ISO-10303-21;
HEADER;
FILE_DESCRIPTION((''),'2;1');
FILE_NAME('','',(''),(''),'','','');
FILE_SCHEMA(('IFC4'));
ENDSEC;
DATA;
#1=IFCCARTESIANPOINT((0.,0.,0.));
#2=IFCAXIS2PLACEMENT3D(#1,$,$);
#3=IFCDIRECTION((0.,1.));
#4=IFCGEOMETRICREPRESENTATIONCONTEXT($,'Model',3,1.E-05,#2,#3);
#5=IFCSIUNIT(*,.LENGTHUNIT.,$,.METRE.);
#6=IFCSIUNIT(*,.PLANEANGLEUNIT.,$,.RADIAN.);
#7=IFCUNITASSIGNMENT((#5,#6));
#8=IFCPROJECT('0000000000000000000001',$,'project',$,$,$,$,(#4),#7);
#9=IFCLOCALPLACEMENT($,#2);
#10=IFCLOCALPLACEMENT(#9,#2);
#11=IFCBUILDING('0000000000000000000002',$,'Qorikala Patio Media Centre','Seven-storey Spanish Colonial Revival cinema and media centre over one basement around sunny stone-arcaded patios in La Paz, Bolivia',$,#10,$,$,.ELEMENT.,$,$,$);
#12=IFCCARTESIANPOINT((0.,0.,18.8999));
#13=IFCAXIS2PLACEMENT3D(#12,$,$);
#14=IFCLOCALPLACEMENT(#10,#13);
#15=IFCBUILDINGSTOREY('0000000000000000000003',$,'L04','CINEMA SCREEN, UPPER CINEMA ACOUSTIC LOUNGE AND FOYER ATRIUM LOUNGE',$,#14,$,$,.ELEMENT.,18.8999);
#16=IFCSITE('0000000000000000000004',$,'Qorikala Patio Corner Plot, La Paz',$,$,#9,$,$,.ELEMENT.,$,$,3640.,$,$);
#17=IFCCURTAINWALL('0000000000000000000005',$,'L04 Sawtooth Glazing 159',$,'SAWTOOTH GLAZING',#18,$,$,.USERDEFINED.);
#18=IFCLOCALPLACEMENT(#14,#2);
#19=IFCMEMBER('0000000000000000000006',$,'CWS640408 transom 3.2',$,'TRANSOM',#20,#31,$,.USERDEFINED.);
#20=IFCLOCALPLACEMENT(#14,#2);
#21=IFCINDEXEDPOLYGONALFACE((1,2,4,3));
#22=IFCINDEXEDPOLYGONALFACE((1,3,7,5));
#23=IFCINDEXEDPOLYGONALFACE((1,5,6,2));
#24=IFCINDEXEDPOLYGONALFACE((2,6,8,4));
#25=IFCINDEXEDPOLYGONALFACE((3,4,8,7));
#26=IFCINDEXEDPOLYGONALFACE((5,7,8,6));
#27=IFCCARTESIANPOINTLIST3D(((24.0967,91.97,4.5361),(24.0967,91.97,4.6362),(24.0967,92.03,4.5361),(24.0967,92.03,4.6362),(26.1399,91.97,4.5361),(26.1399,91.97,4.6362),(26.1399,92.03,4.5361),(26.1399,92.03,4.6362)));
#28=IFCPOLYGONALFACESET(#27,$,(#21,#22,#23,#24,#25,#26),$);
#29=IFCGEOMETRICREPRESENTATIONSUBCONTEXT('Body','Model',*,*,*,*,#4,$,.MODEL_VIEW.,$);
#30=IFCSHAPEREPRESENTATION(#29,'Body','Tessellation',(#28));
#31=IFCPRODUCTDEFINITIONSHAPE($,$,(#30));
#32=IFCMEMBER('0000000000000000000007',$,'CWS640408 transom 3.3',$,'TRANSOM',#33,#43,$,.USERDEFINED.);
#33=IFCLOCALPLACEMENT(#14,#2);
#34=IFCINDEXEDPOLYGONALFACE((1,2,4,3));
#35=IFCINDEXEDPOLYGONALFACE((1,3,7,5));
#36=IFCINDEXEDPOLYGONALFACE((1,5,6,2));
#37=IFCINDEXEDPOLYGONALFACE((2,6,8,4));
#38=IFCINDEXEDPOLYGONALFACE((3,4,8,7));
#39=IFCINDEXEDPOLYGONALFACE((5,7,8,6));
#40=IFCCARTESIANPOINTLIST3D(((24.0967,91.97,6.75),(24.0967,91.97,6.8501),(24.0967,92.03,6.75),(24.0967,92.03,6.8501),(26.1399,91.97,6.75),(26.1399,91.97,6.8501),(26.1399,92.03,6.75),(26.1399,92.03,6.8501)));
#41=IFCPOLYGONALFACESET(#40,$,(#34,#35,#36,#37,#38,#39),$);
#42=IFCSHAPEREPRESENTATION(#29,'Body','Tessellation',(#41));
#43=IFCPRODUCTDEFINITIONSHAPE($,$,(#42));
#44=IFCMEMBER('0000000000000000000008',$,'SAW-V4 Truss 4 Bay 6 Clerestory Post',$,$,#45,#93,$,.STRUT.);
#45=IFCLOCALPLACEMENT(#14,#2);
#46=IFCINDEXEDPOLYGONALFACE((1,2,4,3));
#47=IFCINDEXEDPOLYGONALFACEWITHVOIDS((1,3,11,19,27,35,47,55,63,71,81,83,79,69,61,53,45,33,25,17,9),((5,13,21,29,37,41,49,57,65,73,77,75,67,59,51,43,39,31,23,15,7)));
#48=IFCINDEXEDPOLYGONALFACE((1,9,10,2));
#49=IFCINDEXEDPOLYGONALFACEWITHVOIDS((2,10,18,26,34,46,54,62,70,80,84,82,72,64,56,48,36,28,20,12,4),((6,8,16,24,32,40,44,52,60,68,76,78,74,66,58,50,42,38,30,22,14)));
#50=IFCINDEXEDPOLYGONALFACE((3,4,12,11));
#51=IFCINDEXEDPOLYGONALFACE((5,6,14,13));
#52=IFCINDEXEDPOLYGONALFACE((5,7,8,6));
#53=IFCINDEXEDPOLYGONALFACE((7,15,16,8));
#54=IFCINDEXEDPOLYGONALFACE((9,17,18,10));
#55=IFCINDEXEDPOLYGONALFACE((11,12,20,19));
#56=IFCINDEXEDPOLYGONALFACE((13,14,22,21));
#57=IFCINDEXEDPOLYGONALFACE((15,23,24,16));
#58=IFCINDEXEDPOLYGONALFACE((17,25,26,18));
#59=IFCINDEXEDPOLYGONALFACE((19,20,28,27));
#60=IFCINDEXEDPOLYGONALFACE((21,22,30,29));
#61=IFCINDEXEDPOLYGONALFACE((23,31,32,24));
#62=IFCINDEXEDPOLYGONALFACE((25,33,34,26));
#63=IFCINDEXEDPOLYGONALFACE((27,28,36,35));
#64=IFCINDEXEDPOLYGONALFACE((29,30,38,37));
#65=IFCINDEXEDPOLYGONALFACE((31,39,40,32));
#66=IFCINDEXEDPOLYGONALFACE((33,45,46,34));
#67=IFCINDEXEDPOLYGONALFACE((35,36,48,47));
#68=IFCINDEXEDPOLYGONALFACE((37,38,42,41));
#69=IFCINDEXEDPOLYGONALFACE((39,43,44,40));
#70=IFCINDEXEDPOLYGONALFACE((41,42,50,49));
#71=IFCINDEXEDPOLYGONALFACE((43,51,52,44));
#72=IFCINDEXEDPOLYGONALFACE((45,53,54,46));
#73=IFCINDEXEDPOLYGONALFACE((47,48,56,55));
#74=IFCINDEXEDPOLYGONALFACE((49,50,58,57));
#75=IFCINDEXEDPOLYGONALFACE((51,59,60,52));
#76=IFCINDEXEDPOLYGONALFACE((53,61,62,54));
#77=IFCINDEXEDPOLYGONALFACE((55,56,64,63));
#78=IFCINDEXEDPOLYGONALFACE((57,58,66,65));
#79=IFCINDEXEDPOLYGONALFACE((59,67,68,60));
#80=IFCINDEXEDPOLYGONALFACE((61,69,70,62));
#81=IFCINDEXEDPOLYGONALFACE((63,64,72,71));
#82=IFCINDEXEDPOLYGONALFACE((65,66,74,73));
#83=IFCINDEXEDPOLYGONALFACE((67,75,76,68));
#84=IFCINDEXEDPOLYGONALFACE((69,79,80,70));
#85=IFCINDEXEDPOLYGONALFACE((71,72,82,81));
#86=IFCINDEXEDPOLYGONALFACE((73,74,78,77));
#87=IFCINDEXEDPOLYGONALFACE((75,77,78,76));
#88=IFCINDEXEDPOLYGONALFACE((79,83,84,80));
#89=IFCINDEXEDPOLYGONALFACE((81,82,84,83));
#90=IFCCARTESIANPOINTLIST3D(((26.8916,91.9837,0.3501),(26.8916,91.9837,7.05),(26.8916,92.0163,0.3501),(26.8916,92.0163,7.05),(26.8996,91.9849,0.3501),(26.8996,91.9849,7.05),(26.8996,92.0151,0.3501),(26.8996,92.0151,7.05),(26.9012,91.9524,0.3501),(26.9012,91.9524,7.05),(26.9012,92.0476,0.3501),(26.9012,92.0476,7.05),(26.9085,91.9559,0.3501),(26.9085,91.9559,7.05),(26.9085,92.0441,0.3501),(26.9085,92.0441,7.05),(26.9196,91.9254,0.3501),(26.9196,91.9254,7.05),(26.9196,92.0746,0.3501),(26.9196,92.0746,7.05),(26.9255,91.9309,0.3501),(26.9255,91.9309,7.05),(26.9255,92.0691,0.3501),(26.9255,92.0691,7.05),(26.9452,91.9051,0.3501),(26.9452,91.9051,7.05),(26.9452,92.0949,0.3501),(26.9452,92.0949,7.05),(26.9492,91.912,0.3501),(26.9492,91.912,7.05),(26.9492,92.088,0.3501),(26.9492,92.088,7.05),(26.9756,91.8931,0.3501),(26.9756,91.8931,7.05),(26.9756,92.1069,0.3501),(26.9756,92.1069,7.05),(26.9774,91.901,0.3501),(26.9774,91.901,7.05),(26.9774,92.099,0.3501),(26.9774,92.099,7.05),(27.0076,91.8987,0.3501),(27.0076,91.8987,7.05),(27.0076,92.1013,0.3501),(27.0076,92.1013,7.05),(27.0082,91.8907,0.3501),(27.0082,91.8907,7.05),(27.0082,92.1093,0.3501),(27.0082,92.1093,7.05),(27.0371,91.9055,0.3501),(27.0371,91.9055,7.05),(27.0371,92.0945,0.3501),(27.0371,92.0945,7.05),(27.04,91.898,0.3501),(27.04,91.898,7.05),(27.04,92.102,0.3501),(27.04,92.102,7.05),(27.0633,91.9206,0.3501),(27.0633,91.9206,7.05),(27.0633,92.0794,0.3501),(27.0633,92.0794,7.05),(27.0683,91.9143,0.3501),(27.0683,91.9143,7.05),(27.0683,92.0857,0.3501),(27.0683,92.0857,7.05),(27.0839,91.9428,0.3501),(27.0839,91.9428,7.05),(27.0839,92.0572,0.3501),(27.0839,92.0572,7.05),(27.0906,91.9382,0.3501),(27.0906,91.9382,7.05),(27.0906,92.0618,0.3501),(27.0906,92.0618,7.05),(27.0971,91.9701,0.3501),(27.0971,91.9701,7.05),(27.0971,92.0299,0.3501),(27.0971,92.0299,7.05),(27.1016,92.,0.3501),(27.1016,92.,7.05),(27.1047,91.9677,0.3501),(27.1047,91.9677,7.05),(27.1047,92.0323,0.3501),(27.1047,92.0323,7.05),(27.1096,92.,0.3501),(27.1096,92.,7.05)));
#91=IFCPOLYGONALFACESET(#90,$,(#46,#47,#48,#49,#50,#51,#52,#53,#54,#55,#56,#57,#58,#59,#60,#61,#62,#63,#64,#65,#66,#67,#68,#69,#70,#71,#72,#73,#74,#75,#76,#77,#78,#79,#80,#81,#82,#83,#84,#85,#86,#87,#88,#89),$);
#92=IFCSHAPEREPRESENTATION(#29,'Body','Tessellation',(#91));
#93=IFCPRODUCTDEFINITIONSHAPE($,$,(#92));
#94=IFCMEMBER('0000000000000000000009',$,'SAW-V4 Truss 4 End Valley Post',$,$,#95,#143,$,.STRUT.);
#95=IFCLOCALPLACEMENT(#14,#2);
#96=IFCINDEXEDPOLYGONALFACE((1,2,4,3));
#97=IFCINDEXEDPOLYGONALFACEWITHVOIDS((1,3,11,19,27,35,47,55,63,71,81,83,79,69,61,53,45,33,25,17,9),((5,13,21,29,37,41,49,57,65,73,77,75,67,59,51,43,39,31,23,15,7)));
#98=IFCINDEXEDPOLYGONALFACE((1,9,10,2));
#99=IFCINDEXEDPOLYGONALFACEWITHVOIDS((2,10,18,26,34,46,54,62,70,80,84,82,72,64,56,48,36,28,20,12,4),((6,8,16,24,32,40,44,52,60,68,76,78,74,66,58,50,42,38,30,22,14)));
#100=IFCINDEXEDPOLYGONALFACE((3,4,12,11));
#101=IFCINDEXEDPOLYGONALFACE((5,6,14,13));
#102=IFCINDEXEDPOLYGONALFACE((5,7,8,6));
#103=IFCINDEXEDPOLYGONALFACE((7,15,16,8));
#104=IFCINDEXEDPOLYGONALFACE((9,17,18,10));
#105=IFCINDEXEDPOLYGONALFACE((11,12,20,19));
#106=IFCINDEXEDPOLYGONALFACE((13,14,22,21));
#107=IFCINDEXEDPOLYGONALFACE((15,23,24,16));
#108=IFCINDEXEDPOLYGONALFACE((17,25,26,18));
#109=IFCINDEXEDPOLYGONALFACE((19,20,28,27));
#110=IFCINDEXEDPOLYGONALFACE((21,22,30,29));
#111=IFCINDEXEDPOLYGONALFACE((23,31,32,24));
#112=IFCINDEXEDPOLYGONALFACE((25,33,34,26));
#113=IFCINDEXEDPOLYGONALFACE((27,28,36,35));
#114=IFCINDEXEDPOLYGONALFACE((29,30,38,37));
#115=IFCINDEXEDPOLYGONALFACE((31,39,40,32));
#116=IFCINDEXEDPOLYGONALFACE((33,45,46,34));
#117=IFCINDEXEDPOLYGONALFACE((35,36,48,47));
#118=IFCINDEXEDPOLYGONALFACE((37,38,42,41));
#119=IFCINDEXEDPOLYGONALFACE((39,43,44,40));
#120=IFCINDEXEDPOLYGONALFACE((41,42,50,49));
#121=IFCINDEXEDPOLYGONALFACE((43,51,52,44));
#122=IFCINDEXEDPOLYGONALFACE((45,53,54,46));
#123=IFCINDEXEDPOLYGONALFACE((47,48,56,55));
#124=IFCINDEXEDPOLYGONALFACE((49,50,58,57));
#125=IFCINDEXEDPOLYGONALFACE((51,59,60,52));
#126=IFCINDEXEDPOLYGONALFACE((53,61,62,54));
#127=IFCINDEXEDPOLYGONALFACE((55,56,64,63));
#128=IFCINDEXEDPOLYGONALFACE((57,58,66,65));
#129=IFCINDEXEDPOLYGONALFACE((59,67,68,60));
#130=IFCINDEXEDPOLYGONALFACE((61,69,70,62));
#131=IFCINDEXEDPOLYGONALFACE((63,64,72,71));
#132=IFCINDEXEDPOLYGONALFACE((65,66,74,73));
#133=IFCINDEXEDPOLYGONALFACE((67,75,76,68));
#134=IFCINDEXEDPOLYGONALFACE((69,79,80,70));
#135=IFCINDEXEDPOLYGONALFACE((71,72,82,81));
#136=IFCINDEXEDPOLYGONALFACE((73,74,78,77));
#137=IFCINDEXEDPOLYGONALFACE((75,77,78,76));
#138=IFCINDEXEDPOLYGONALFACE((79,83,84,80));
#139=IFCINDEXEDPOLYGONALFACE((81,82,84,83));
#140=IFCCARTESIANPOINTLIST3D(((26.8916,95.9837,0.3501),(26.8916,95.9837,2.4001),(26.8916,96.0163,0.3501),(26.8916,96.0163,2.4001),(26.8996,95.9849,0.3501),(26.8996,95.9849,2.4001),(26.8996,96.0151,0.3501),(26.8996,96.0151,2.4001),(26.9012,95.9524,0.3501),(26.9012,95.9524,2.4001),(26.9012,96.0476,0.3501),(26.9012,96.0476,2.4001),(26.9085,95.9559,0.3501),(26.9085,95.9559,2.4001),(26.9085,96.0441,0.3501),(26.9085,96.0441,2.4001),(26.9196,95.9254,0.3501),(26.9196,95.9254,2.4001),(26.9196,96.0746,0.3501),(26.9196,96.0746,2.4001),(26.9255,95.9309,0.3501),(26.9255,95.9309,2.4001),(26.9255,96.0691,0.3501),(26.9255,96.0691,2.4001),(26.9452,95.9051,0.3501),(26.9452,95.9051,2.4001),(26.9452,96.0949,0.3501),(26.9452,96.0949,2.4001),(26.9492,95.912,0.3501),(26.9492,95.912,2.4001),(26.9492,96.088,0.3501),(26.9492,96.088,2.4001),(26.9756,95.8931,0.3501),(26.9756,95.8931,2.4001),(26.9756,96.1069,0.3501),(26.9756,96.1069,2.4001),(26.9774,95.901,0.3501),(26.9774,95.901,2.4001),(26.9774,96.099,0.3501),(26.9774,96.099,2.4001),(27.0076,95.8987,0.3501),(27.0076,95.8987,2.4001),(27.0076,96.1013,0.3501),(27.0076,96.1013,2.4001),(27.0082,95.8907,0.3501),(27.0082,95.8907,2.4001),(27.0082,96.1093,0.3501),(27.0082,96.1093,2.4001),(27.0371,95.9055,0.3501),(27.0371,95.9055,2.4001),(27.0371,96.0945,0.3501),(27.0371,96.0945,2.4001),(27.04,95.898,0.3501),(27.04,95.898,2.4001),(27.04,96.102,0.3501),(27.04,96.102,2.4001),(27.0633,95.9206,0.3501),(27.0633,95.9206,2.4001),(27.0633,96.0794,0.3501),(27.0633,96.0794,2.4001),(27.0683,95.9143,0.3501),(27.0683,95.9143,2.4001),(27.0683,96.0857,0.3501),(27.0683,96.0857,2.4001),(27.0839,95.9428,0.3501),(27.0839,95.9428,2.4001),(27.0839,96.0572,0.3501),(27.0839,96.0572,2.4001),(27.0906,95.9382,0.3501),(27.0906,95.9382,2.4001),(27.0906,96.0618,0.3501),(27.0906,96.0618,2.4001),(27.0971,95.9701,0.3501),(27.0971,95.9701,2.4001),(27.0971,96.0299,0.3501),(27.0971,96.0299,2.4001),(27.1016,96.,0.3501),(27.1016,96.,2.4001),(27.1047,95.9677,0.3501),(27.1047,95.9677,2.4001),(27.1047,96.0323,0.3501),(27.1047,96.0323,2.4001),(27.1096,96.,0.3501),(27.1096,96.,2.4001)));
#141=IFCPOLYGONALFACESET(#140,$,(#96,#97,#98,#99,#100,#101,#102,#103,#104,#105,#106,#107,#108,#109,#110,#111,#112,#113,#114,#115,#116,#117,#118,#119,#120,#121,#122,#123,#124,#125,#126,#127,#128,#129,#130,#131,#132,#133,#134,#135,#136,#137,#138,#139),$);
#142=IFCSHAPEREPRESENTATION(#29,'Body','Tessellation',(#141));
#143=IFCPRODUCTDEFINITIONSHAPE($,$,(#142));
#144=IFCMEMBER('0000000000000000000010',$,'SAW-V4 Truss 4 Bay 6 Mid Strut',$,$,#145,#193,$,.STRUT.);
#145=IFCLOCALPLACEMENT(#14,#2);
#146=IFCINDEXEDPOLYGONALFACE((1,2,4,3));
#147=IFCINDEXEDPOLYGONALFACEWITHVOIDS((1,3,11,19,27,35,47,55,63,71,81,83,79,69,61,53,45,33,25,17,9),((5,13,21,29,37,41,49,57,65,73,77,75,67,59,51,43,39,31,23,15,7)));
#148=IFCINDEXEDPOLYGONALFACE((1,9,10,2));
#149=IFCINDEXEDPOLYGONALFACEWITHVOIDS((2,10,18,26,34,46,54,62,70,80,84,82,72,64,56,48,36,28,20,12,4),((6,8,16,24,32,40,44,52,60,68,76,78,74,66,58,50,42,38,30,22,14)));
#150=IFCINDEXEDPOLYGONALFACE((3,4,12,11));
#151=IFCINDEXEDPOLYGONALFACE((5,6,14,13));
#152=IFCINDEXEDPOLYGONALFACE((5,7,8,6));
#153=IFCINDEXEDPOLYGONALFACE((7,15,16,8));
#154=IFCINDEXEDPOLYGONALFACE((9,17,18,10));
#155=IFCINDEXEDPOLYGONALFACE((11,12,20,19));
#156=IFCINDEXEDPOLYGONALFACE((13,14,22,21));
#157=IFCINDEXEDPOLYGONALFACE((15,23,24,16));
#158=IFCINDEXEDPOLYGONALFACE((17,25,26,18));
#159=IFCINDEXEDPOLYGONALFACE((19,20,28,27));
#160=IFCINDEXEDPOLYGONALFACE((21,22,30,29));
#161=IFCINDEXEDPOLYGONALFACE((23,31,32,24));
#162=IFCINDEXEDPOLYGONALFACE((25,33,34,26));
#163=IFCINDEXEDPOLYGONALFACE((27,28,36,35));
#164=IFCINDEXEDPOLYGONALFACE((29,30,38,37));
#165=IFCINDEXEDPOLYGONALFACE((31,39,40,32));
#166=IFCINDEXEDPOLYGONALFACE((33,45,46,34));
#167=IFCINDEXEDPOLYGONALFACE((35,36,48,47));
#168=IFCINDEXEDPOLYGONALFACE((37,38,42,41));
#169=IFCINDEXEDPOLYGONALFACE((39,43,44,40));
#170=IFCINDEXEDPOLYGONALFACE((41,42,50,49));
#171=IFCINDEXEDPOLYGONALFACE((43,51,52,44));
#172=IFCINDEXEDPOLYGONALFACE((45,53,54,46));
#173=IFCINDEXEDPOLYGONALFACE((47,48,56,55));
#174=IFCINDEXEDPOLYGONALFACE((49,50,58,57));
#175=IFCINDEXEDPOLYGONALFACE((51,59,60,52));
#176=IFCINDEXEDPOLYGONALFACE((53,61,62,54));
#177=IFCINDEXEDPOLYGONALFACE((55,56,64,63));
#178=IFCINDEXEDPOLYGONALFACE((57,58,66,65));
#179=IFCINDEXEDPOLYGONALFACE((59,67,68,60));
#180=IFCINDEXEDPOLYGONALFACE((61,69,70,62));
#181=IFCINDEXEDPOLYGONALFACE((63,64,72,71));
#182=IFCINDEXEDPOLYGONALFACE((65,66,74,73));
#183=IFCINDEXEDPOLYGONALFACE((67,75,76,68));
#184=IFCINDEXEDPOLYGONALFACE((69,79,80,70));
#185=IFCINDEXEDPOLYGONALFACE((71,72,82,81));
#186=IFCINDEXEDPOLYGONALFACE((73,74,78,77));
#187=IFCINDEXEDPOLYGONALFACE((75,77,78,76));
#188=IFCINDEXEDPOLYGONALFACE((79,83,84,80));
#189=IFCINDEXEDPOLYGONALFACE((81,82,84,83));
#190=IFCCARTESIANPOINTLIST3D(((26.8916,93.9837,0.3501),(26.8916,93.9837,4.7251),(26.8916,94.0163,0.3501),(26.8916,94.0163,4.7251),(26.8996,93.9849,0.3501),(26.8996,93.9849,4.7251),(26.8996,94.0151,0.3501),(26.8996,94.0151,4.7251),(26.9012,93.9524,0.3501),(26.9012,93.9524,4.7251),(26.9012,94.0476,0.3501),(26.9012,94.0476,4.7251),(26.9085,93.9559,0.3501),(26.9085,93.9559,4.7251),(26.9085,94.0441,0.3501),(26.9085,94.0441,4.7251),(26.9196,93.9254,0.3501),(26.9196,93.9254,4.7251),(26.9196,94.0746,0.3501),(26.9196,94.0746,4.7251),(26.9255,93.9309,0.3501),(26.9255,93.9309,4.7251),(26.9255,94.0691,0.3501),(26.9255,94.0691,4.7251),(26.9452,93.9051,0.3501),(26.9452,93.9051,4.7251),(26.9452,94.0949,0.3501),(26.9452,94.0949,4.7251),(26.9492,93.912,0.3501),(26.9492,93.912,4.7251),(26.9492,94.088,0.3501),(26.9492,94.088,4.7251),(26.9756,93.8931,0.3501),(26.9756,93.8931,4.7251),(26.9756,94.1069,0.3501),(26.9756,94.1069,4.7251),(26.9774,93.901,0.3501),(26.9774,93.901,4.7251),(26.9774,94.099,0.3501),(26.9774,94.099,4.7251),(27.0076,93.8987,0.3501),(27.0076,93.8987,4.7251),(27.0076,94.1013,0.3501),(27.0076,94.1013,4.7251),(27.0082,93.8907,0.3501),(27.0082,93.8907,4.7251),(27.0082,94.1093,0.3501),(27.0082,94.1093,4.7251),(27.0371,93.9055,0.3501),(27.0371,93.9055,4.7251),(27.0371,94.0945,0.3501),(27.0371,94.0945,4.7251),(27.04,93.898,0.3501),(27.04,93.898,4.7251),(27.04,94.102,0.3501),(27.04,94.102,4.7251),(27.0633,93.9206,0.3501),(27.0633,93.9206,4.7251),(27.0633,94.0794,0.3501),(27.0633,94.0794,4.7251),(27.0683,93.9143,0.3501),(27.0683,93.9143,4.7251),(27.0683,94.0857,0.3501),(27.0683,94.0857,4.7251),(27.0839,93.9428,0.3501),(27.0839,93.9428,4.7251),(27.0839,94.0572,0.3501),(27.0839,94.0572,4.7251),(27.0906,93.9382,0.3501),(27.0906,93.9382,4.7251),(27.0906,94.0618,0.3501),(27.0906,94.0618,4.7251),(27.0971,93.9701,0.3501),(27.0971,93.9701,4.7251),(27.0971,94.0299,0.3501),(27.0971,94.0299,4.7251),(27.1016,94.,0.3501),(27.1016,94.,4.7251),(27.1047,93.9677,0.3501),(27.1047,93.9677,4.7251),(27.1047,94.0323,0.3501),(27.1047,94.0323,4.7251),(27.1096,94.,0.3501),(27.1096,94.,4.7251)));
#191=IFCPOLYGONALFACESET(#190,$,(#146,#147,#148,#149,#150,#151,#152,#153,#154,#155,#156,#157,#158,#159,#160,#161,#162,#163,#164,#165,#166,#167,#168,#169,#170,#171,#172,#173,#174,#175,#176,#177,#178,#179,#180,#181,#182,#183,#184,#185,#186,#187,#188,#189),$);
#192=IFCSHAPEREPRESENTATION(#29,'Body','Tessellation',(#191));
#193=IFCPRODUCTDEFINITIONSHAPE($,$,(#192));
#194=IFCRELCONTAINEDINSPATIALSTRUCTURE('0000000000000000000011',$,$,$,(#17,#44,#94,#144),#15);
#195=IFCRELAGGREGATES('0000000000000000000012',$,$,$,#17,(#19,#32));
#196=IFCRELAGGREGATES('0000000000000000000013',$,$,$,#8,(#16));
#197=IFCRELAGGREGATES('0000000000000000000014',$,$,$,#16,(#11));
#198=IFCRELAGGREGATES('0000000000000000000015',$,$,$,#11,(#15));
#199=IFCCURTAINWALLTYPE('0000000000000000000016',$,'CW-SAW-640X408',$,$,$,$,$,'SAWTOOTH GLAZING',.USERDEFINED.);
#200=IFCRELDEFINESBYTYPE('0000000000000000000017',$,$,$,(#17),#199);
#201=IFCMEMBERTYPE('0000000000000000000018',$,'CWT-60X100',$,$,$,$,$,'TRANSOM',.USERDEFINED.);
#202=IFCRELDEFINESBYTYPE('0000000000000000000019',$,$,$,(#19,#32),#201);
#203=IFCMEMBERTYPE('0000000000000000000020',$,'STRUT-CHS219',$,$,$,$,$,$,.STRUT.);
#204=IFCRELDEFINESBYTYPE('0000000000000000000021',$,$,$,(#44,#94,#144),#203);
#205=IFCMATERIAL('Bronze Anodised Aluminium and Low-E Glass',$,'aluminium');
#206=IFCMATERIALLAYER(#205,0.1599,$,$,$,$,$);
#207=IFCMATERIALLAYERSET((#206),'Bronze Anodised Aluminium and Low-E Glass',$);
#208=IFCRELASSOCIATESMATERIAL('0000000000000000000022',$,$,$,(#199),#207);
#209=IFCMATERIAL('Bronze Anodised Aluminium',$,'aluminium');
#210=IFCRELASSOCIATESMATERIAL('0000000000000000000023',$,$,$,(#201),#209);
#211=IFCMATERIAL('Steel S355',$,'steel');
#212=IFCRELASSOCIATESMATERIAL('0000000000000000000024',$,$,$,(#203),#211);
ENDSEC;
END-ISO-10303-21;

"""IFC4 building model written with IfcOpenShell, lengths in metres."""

from ifc_helpers import new_model, si_unit, direction, frame, origin, origin_2d, place, context, subcontext, project, spatial, rectangle, hollow_circle, extrude, material, layer, layer_set, material_profile, profile_set, type_object, element, aggregate, save


model = new_model("IFC4")

# Units and contexts
model_context = context("Model", 3, precision=1e-05, world=origin(), true_north=direction((0.0, 1.0)))
body_context = subcontext(model_context, "Body", "Model", "MODEL_VIEW")
ifc_project = project(units=[si_unit("LENGTHUNIT", "METRE"), si_unit("PLANEANGLEUNIT", "RADIAN")], contexts=[model_context])

# Site, building, storey
site_placement = place(None, origin())
site = spatial("IfcSite", under=ifc_project, at=site_placement, Name="Qorikala Patio Corner Plot, La Paz", CompositionType="ELEMENT", RefElevation=3640.0)
building_placement = place(site_placement, origin())
building = spatial("IfcBuilding", under=site, at=building_placement, Name="Qorikala Patio Media Centre", Description="Seven-storey Spanish Colonial Revival cinema and media centre over one basement around sunny stone-arcaded patios in La Paz, Bolivia", CompositionType="ELEMENT")
storey_placement = place(building_placement, frame((0.0, 0.0, 18.8999)))
storey = spatial("IfcBuildingStorey", under=building, at=storey_placement, Name="L04", Description="CINEMA SCREEN, UPPER CINEMA ACOUSTIC LOUNGE AND FOYER ATRIUM LOUNGE", CompositionType="ELEMENT", Elevation=18.8999)

# Shared definitions
ifc_material_1 = material(Name="Steel S355", Category="steel")

# Curtain wall, members
ifc_material_2 = material(Name="Bronze Anodised Aluminium and Low-E Glass", Category="aluminium")
ifc_layer_1 = layer(ifc_material_2, 0.1599)
ifc_layer_set_1 = layer_set([ifc_layer_1], Name="Bronze Anodised Aluminium and Low-E Glass")
curtain_wall_type = type_object("IfcCurtainWallType", Name="CW-SAW-640X408", ElementType="SAWTOOTH GLAZING", PredefinedType="USERDEFINED", material=ifc_layer_set_1)
curtain_wall_placement = place(storey_placement, origin())
curtain_wall = element("IfcCurtainWall", 1, at=curtain_wall_placement, inside=storey, type_object=curtain_wall_type, Name="L04 Sawtooth Glazing 159", ObjectType="SAWTOOTH GLAZING", PredefinedType="USERDEFINED")
ifc_material_3 = material(Name="Bronze Anodised Aluminium", Category="aluminium")
ifc_material_profile_1 = material_profile(ifc_material_3, rectangle(XDim=0.0601, YDim=0.1001, at=origin_2d()), Name="ALU TRANSOM 60x100")
ifc_profile_set_1 = profile_set([ifc_material_profile_1], Name="Bronze Anodised Aluminium")
member_type_1 = type_object("IfcMemberType", Name="CWT-60X100", ElementType="TRANSOM", PredefinedType="USERDEFINED", material=ifc_profile_set_1)
member_1_placement = place(storey_placement, frame((24.0967, 92.0, 4.5862), z_axis=(1.0, 0.0, 0.0), x_axis=(0.0, 1.0, 0.0)))
member_1 = element("IfcMember", 2, at=member_1_placement, type_object=member_type_1, Name="CWS640408 transom 3.2", ObjectType="TRANSOM", PredefinedType="USERDEFINED", context=body_context, shape_type="SweptSolid", body=[
    extrude(rectangle(XDim=0.0601, YDim=0.1001, at=origin_2d()), origin(), (0.0, 0.0, 1.0), 2.0432),
])
member_2_placement = place(storey_placement, frame((24.0967, 92.0, 6.8), z_axis=(1.0, 0.0, 0.0), x_axis=(0.0, 1.0, 0.0)))
member_2 = element("IfcMember", 3, at=member_2_placement, type_object=member_type_1, Name="CWS640408 transom 3.3", ObjectType="TRANSOM", PredefinedType="USERDEFINED", context=body_context, shape_type="SweptSolid", body=[
    extrude(rectangle(XDim=0.0601, YDim=0.1001, at=origin_2d()), origin(), (0.0, 0.0, 1.0), 2.0432),
])

# Members
ifc_material_profile_2 = material_profile(ifc_material_1, hollow_circle(Radius=0.1096, WallThickness=0.0081, at=origin_2d()), Name="CHS219X8")
ifc_profile_set_2 = profile_set([ifc_material_profile_2], Name="Steel S355")
member_type_2 = type_object("IfcMemberType", Name="STRUT-CHS219", PredefinedType="STRUT", material=ifc_profile_set_2)
member_3_placement = place(storey_placement, frame((27.0, 92.0, 0.3501), z_axis=(0.0, 0.0, 1.0), x_axis=(1.0, 0.0, 0.0)))
element("IfcMember", 4, at=member_3_placement, inside=storey, type_object=member_type_2, Name="SAW-V4 Truss 4 Bay 6 Clerestory Post", PredefinedType="STRUT", context=body_context, shape_type="SweptSolid", body=[
    extrude(hollow_circle(Radius=0.1096, WallThickness=0.0081, at=origin_2d()), origin(), (0.0, 0.0, 1.0), 6.7),
])
member_4_placement = place(storey_placement, frame((27.0, 96.0, 0.3501), z_axis=(0.0, 0.0, 1.0), x_axis=(1.0, 0.0, 0.0)))
element("IfcMember", 5, at=member_4_placement, inside=storey, type_object=member_type_2, Name="SAW-V4 Truss 4 End Valley Post", PredefinedType="STRUT", context=body_context, shape_type="SweptSolid", body=[
    extrude(hollow_circle(Radius=0.1096, WallThickness=0.0081, at=origin_2d()), origin(), (0.0, 0.0, 1.0), 2.05),
])
member_5_placement = place(storey_placement, frame((27.0, 94.0, 0.3501), z_axis=(0.0, 0.0, 1.0), x_axis=(1.0, 0.0, 0.0)))
element("IfcMember", 6, at=member_5_placement, inside=storey, type_object=member_type_2, Name="SAW-V4 Truss 4 Bay 6 Mid Strut", PredefinedType="STRUT", context=body_context, shape_type="SweptSolid", body=[
    extrude(hollow_circle(Radius=0.1096, WallThickness=0.0081, at=origin_2d()), origin(), (0.0, 0.0, 1.0), 4.375),
])

aggregate(curtain_wall, [member_1, member_2])

save(model, "model.ifc")
